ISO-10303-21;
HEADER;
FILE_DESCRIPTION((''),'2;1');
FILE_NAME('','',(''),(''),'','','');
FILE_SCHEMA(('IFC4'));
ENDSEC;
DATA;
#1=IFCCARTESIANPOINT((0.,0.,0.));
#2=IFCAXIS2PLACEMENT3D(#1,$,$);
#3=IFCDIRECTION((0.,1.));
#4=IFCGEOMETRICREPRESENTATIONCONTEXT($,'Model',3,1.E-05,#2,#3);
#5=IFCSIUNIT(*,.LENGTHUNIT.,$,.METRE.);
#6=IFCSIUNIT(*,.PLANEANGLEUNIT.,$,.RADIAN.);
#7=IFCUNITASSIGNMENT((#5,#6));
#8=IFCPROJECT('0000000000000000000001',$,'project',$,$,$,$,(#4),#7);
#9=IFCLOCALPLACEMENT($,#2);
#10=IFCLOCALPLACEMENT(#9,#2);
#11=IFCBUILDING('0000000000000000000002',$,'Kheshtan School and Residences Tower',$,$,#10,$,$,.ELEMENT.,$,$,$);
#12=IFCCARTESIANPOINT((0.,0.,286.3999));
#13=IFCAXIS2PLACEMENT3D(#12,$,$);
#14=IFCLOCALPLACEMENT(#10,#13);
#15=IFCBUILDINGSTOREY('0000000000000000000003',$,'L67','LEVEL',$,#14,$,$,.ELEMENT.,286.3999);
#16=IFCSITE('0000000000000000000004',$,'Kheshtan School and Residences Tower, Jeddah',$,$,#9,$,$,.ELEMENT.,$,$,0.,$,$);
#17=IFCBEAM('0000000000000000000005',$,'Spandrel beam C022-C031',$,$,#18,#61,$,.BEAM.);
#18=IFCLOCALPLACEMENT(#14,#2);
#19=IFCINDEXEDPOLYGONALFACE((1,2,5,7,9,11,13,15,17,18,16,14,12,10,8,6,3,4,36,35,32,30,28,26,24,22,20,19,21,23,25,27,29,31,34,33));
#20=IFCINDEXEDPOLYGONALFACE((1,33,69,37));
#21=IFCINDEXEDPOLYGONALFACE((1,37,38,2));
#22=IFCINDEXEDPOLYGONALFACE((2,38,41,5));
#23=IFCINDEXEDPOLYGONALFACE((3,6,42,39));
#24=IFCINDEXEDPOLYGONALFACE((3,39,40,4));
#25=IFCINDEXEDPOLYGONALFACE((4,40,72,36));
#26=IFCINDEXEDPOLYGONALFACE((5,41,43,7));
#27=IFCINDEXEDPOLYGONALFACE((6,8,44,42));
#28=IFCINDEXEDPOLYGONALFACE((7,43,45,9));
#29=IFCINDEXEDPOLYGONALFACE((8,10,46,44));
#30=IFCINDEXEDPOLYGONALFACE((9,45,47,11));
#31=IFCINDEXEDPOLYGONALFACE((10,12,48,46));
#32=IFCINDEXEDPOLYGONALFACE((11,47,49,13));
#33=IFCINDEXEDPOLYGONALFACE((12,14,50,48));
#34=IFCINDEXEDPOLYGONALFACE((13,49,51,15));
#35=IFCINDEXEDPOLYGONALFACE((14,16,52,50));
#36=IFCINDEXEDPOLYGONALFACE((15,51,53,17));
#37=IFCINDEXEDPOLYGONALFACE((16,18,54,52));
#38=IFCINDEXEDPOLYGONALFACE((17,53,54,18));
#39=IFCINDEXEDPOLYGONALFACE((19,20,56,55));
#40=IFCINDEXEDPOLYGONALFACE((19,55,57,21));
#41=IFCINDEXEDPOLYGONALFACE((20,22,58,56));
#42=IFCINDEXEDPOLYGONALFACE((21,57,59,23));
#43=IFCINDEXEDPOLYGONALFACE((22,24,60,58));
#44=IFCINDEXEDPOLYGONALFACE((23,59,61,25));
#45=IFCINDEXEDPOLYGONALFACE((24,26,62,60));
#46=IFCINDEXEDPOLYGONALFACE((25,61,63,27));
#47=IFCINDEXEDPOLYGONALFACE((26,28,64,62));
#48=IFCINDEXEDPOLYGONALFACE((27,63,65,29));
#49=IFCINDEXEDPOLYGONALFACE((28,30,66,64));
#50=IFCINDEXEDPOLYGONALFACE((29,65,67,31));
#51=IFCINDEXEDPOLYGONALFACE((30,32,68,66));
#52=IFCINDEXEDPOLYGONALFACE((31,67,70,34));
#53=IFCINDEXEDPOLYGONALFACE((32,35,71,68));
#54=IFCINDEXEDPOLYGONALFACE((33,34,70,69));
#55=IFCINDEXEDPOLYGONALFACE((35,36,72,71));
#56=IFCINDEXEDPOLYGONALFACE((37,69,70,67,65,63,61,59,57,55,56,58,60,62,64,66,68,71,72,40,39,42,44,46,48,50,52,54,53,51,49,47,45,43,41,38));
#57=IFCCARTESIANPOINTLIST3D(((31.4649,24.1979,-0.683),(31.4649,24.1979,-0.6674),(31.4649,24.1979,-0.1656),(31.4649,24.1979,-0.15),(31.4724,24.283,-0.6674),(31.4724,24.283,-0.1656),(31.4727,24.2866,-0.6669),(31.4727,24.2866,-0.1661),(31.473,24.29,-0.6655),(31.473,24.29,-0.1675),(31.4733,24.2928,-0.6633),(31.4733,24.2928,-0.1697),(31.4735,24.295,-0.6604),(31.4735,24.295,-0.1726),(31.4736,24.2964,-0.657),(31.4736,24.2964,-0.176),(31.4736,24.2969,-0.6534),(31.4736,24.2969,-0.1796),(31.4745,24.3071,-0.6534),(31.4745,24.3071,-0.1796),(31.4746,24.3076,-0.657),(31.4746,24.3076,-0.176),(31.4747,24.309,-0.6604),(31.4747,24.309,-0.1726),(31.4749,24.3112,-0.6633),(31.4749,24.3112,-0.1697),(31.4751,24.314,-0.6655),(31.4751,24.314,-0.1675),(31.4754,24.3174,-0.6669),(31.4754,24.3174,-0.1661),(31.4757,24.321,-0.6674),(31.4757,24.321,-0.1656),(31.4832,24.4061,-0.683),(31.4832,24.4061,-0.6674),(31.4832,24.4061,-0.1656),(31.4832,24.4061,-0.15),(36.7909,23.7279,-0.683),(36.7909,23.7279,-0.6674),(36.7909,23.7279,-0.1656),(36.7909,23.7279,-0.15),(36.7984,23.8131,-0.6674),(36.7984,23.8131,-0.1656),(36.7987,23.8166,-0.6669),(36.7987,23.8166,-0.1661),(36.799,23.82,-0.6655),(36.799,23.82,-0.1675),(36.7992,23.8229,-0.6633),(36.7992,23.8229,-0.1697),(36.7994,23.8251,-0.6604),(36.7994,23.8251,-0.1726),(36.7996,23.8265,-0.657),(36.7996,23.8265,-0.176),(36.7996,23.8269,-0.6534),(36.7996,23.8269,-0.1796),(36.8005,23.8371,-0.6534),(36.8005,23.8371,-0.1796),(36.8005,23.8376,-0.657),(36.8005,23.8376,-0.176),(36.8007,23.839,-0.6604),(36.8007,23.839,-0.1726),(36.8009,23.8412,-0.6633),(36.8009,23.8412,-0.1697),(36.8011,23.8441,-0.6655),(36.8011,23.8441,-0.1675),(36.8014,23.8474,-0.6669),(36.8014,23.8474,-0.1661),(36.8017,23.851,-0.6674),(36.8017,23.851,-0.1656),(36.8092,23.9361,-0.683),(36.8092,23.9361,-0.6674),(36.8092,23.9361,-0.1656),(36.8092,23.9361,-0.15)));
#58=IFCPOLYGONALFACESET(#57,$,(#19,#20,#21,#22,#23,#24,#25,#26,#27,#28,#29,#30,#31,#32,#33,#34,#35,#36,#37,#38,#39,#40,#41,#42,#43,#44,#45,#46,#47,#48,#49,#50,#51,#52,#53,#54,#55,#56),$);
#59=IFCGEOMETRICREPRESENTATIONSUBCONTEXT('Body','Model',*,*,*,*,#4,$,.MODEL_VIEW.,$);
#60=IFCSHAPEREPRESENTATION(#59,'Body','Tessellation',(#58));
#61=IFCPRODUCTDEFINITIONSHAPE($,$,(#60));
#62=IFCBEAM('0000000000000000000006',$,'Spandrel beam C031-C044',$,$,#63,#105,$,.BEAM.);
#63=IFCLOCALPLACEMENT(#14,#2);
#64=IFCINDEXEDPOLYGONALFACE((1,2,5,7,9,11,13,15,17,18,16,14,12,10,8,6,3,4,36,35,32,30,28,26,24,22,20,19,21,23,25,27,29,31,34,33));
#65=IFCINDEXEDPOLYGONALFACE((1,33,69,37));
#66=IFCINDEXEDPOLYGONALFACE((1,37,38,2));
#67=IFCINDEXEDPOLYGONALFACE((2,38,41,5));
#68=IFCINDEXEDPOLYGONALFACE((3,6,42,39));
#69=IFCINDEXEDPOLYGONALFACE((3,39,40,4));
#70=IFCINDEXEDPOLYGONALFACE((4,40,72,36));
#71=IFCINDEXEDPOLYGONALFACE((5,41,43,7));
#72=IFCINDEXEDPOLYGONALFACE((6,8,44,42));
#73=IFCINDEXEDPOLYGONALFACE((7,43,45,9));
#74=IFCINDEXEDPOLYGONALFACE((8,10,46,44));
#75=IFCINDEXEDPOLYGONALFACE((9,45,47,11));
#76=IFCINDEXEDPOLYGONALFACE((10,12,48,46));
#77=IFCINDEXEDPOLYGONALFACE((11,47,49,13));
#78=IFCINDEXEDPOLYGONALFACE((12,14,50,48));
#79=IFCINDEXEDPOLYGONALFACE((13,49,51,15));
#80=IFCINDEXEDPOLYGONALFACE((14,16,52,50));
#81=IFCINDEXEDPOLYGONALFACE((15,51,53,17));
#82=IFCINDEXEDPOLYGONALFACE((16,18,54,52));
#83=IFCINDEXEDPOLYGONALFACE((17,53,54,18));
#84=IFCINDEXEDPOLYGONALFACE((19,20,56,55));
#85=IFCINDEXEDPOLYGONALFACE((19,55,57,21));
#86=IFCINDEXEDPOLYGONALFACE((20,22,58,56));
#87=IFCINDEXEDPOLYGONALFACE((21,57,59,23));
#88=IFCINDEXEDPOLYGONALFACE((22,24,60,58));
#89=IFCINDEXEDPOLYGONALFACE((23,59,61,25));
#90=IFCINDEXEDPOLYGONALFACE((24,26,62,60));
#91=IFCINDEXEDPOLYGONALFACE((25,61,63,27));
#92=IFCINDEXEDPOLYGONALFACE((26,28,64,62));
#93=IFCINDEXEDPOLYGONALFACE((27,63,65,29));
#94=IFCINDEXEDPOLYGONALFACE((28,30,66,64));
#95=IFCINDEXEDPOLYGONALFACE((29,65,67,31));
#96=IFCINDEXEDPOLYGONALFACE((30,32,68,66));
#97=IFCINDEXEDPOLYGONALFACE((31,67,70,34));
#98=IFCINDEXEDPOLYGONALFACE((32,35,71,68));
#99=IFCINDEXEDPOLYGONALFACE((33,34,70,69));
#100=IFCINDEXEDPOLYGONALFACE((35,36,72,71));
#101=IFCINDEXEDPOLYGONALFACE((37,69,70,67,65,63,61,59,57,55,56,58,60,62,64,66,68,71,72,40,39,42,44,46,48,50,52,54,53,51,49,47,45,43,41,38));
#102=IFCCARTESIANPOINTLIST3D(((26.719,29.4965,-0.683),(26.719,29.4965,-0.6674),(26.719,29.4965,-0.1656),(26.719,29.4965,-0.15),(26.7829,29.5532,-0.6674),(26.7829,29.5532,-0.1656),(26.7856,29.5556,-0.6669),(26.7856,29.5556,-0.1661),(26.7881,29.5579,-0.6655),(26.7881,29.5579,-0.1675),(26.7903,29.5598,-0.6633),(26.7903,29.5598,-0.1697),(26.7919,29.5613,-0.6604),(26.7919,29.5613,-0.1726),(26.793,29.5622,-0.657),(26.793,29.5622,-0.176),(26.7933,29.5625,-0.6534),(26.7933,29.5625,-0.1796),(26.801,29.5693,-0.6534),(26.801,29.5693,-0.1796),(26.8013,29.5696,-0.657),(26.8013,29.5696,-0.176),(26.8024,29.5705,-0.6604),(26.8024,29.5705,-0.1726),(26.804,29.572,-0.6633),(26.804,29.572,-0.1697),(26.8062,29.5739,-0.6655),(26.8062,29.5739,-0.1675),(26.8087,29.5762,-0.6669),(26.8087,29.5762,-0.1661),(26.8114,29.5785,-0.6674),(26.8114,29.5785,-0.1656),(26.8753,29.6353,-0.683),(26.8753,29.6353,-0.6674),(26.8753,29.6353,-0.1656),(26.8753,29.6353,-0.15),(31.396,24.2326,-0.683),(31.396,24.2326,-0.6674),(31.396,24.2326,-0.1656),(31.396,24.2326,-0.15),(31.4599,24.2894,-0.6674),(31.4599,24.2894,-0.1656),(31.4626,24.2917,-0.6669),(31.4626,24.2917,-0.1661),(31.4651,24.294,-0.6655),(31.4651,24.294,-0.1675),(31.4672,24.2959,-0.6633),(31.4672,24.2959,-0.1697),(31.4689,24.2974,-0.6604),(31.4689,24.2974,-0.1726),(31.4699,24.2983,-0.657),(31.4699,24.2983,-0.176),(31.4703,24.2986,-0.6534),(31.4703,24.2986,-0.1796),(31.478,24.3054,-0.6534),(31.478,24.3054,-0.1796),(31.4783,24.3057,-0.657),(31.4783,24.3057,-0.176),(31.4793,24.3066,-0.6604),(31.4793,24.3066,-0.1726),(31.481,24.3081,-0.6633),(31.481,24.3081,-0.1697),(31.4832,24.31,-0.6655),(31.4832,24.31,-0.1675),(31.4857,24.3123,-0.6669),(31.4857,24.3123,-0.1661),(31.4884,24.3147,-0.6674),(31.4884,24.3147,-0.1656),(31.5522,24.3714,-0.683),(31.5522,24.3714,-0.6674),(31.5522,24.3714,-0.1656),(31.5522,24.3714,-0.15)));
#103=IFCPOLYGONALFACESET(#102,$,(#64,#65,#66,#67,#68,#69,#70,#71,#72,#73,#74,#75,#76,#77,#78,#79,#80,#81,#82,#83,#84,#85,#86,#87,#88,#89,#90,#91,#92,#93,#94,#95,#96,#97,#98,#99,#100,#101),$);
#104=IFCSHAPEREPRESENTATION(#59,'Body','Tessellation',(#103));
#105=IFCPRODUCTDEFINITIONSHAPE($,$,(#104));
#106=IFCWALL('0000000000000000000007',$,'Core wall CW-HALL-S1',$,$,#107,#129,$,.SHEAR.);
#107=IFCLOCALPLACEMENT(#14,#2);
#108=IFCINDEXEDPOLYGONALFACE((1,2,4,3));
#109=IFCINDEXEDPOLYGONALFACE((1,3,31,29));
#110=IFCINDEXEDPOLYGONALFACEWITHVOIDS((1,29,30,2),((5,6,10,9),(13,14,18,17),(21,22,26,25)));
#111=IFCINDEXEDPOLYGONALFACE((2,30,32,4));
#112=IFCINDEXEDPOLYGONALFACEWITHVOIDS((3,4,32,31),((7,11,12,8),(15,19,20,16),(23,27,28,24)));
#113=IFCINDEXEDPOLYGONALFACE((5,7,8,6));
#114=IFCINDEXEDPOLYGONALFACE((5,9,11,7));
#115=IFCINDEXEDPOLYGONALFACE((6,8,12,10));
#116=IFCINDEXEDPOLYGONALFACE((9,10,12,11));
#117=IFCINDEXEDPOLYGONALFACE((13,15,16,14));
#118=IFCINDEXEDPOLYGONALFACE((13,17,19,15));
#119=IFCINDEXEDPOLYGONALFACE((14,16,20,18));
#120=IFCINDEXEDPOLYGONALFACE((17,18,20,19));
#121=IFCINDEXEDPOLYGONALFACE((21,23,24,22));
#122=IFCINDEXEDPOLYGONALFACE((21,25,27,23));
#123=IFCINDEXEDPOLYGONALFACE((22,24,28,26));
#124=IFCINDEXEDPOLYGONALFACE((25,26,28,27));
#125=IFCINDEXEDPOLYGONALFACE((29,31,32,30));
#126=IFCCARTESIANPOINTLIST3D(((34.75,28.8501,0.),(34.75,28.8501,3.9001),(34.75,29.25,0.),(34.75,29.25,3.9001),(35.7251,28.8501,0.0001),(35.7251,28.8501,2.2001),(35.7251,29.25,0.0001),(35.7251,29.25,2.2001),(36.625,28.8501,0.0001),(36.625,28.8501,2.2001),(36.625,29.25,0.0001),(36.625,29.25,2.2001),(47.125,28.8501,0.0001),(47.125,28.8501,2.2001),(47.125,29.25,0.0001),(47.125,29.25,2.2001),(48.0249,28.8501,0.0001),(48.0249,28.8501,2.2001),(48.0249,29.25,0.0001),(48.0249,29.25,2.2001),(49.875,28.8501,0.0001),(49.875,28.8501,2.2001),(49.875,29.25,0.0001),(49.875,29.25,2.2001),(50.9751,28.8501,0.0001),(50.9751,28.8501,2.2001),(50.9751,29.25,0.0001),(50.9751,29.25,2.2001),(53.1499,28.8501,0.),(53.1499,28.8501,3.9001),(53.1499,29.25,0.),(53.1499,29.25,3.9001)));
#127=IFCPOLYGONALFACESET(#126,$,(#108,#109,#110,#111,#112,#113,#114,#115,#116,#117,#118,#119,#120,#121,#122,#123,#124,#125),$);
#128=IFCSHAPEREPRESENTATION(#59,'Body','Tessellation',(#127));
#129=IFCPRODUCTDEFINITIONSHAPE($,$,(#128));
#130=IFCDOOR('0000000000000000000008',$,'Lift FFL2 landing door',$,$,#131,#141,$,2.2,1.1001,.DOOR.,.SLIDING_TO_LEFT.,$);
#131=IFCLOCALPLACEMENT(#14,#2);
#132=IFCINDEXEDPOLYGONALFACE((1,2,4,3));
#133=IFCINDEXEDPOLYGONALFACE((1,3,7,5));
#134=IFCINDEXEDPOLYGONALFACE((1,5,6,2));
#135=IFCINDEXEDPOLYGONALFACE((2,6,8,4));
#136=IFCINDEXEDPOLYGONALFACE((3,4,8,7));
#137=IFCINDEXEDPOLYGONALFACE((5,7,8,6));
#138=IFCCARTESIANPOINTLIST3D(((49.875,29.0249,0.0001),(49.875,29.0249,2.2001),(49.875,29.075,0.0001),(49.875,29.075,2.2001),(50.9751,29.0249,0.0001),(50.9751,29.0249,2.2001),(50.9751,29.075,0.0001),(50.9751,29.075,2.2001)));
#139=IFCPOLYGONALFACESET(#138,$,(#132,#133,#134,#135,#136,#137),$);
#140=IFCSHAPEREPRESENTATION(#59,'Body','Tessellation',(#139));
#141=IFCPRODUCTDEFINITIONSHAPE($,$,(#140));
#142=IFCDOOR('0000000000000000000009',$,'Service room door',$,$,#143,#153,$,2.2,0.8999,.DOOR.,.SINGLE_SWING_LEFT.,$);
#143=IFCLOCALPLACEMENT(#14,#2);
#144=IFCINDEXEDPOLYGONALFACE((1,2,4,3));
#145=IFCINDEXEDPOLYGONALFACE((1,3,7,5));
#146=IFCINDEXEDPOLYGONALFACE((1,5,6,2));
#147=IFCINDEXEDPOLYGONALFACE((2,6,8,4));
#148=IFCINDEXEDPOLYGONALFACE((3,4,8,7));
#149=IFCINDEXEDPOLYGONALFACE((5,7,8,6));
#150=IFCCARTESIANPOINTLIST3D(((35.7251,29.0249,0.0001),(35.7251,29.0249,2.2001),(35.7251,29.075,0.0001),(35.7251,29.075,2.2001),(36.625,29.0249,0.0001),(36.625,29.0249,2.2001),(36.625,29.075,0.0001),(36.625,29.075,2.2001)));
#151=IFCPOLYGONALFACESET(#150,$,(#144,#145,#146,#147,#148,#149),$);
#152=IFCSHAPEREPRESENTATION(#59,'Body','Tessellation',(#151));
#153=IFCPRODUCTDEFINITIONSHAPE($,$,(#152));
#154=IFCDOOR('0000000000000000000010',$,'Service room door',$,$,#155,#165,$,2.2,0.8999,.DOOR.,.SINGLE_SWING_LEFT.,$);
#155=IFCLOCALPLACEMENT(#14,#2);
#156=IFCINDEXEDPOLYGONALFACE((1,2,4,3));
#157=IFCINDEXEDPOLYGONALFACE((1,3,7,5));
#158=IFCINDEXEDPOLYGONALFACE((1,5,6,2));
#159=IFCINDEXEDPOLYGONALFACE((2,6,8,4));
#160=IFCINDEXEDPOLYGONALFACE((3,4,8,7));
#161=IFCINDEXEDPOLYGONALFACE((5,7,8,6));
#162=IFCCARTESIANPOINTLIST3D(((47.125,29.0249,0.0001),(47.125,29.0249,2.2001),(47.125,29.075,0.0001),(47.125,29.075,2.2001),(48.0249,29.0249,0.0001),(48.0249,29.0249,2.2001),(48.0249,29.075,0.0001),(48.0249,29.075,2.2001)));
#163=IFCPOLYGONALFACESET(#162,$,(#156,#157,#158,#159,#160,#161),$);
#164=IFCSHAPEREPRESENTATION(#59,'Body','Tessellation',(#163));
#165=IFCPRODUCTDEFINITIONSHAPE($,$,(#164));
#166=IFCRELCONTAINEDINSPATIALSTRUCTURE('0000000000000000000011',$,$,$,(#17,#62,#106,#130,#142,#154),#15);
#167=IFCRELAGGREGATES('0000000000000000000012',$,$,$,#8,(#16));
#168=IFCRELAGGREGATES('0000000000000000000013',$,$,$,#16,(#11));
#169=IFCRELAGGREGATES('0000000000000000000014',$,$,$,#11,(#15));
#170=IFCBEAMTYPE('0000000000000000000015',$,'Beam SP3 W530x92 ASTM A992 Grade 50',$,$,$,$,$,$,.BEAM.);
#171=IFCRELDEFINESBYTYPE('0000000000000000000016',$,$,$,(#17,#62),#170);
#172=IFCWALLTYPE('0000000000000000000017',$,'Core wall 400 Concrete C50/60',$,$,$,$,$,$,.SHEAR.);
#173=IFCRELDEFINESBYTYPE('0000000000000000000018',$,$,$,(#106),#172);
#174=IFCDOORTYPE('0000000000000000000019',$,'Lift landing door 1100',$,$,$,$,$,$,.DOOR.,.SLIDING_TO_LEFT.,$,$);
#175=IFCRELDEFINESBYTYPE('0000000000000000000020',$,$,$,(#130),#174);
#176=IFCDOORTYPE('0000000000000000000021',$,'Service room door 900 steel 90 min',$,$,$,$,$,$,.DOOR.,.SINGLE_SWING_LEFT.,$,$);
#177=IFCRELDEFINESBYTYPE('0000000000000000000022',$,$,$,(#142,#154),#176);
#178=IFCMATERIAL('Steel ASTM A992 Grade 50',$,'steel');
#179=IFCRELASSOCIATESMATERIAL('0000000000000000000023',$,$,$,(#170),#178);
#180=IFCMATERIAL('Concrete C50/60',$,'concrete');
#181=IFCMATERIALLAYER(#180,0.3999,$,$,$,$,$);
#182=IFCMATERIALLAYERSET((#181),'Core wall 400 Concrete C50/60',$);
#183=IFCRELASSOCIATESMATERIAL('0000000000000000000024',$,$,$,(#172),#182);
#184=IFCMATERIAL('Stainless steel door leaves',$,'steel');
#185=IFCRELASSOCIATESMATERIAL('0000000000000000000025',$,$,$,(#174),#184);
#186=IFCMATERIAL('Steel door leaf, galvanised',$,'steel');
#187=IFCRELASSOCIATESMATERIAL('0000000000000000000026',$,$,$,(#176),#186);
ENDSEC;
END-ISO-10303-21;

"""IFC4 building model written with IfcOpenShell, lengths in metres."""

from ifc_helpers import new_model, si_unit, direction, frame, frame_2d, origin, origin_2d, place, context, subcontext, project, spatial, rectangle, i_section, extrude, source, transform, mapped, material, layer, layer_set, material_profile, profile_set, type_object, element, fill, save


model = new_model("IFC4")

# Units and contexts
model_context = context("Model", 3, precision=1e-05, world=origin(), true_north=direction((0.0, 1.0)))
body_context = subcontext(model_context, "Body", "Model", "MODEL_VIEW")
ifc_project = project(units=[si_unit("LENGTHUNIT", "METRE"), si_unit("PLANEANGLEUNIT", "RADIAN")], contexts=[model_context])

# Site, building, storey
site_placement = place(None, origin())
site = spatial("IfcSite", under=ifc_project, at=site_placement, Name="Kheshtan School and Residences Tower, Jeddah", CompositionType="ELEMENT", RefElevation=0.0)
building_placement = place(site_placement, origin())
building = spatial("IfcBuilding", under=site, at=building_placement, Name="Kheshtan School and Residences Tower", CompositionType="ELEMENT")
storey_placement = place(building_placement, frame((0.0, 0.0, 286.3999)))
storey = spatial("IfcBuildingStorey", under=building, at=storey_placement, Name="L67", Description="LEVEL", CompositionType="ELEMENT", Elevation=286.3999)

# Shared definitions
ifc_material_1 = material(Name="Steel ASTM A992 Grade 50", Category="steel")

# Beams
ifc_material_profile_1 = material_profile(ifc_material_1, i_section(OverallWidth=0.209, OverallDepth=0.533, WebThickness=0.0103, FlangeThickness=0.0156, FilletRadius=0.0139, at=origin_2d()), Name="W530x92")
ifc_profile_set_1 = profile_set([ifc_material_profile_1], Name="Steel ASTM A992 Grade 50")
beam_type_1 = type_object("IfcBeamType", Name="Beam SP3 W530x92 ASTM A992 Grade 50", PredefinedType="BEAM", material=ifc_profile_set_1)
beam_1_placement = place(storey_placement, frame((36.8, 23.832, -0.4165), z_axis=(-0.996129, 0.0879, 0.0), x_axis=(-0.0879, -0.996129, 0.0)))
element("IfcBeam", 1, at=beam_1_placement, inside=storey, type_object=beam_type_1, Name="Spandrel beam C022-C031", PredefinedType="BEAM", context=body_context, shape_type="SweptSolid", body=[
    extrude(i_section(OverallWidth=0.209, OverallDepth=0.533, WebThickness=0.0103, FlangeThickness=0.0156, FilletRadius=0.0139, at=origin_2d()), origin(), (0.0, 0.0, 1.0), 5.3467),
])
beam_2_placement = place(storey_placement, frame((31.4741, 24.302, -0.4165), z_axis=(-0.664202, 0.747553, 0.0), x_axis=(-0.747553, -0.664202, 0.0)))
element("IfcBeam", 2, at=beam_2_placement, inside=storey, type_object=beam_type_1, Name="Spandrel beam C031-C044", PredefinedType="BEAM", context=body_context, shape_type="SweptSolid", body=[
    extrude(i_section(OverallWidth=0.209, OverallDepth=0.533, WebThickness=0.0103, FlangeThickness=0.0156, FilletRadius=0.0139, at=origin_2d()), origin(), (0.0, 0.0, 1.0), 7.0415),
])

# Wall, openings, doors
ifc_material_2 = material(Name="Concrete C50/60", Category="concrete")
ifc_layer_1 = layer(ifc_material_2, 0.3999)
ifc_layer_set_1 = layer_set([ifc_layer_1], Name="Core wall 400 Concrete C50/60")
wall_type_1 = type_object("IfcWallType", Name="Core wall 400 Concrete C50/60", PredefinedType="SHEAR", material=ifc_layer_set_1)
wall_1_placement = place(storey_placement, frame((34.75, 29.05, 0.0), z_axis=(0.0, 0.0, 1.0), x_axis=(1.0, 0.0, 0.0)))
wall_1 = element("IfcWall", 3, at=wall_1_placement, inside=storey, type_object=wall_type_1, Name="Core wall CW-HALL-S1", PredefinedType="SHEAR", context=body_context, shape_type="SweptSolid", body=[
    extrude(rectangle(XDim=18.3999, YDim=0.3999, at=frame_2d((9.2, 0.0))), origin(), (0.0, 0.0, 1.0), 3.9001),
])
opening_1_placement = place(wall_1_placement, frame((15.125, 0.0, 0.0)))
opening_1 = element("IfcOpeningElement", 4, at=opening_1_placement, cuts=wall_1, PredefinedType="OPENING", context=body_context, shape_type="SweptSolid", body=[
    extrude(rectangle(XDim=1.1001, YDim=2.2, at=frame_2d((0.55, 1.1001))), frame((0.0, 0.21, 0.0), z_axis=(0.0, -1.0, 0.0), x_axis=(1.0, 0.0, 0.0)), (0.0, 0.0, 1.0), 0.4199),
])
opening_2_placement = place(wall_1_placement, frame((0.9751, 0.0, 0.0)))
opening_2 = element("IfcOpeningElement", 5, at=opening_2_placement, cuts=wall_1, PredefinedType="OPENING", context=body_context, shape_type="SweptSolid", body=[
    extrude(rectangle(XDim=0.8999, YDim=2.2, at=frame_2d((0.45, 1.1001))), frame((0.0, 0.21, 0.0), z_axis=(0.0, -1.0, 0.0), x_axis=(1.0, 0.0, 0.0)), (0.0, 0.0, 1.0), 0.4199),
])
opening_3_placement = place(wall_1_placement, frame((12.375, 0.0, 0.0)))
opening_3 = element("IfcOpeningElement", 6, at=opening_3_placement, cuts=wall_1, PredefinedType="OPENING", context=body_context, shape_type="SweptSolid", body=[
    extrude(rectangle(XDim=0.8999, YDim=2.2, at=frame_2d((0.45, 1.1001))), frame((0.0, 0.21, 0.0), z_axis=(0.0, -1.0, 0.0), x_axis=(1.0, 0.0, 0.0)), (0.0, 0.0, 1.0), 0.4199),
])
ifc_material_3 = material(Name="Stainless steel door leaves", Category="steel")
door_type_1 = type_object("IfcDoorType", Name="Lift landing door 1100", OperationType="SLIDING_TO_LEFT", PredefinedType="DOOR", material=ifc_material_3)
shared_shape_1 = source(origin(), body_context, "Body", "SweptSolid", [
    extrude(rectangle(XDim=1.1001, YDim=2.2, at=frame_2d((0.55, 1.1001))), frame((0.0, 0.0249, 0.0), z_axis=(0.0, -1.0, 0.0), x_axis=(1.0, 0.0, 0.0)), (0.0, 0.0, 1.0), 0.05),
])
door_1_placement = place(opening_1_placement, origin())
door_1 = element("IfcDoor", 7, at=door_1_placement, inside=storey, type_object=door_type_1, Name="Lift FFL2 landing door", OperationType="SLIDING_TO_LEFT", OverallHeight=2.2, OverallWidth=1.1001, PredefinedType="DOOR", context=body_context, shape_type="MappedRepresentation", body=[
    mapped(shared_shape_1, transform((0.0, 0.0, 0.0), x_axis=(1.0, 0.0, 0.0), y_axis=(0.0, 1.0, 0.0), z_axis=(0.0, 0.0, 1.0), scale=1.0)),
])
fill(opening_1, door_1)
ifc_material_4 = material(Name="Steel door leaf, galvanised", Category="steel")
door_type_2 = type_object("IfcDoorType", Name="Service room door 900 steel 90 min", OperationType="SINGLE_SWING_LEFT", PredefinedType="DOOR", material=ifc_material_4)
shared_shape_2 = source(origin(), body_context, "Body", "SweptSolid", [
    extrude(rectangle(XDim=0.8999, YDim=2.2, at=frame_2d((0.45, 1.1001))), frame((0.0, 0.0249, 0.0), z_axis=(0.0, -1.0, 0.0), x_axis=(1.0, 0.0, 0.0)), (0.0, 0.0, 1.0), 0.05),
])
door_2_placement = place(opening_2_placement, origin())
door_2 = element("IfcDoor", 8, at=door_2_placement, inside=storey, type_object=door_type_2, Name="Service room door", OperationType="SINGLE_SWING_LEFT", OverallHeight=2.2, OverallWidth=0.8999, PredefinedType="DOOR", context=body_context, shape_type="MappedRepresentation", body=[
    mapped(shared_shape_2, transform((0.0, 0.0, 0.0), x_axis=(1.0, 0.0, 0.0), y_axis=(0.0, 1.0, 0.0), z_axis=(0.0, 0.0, 1.0), scale=1.0)),
])
fill(opening_2, door_2)
door_3_placement = place(opening_3_placement, origin())
door_3 = element("IfcDoor", 9, at=door_3_placement, inside=storey, type_object=door_type_2, Name="Service room door", OperationType="SINGLE_SWING_LEFT", OverallHeight=2.2, OverallWidth=0.8999, PredefinedType="DOOR", context=body_context, shape_type="MappedRepresentation", body=[
    mapped(shared_shape_2, transform((0.0, 0.0, 0.0), x_axis=(1.0, 0.0, 0.0), y_axis=(0.0, 1.0, 0.0), z_axis=(0.0, 0.0, 1.0), scale=1.0)),
])
fill(opening_3, door_3)

save(model, "model.ifc")
